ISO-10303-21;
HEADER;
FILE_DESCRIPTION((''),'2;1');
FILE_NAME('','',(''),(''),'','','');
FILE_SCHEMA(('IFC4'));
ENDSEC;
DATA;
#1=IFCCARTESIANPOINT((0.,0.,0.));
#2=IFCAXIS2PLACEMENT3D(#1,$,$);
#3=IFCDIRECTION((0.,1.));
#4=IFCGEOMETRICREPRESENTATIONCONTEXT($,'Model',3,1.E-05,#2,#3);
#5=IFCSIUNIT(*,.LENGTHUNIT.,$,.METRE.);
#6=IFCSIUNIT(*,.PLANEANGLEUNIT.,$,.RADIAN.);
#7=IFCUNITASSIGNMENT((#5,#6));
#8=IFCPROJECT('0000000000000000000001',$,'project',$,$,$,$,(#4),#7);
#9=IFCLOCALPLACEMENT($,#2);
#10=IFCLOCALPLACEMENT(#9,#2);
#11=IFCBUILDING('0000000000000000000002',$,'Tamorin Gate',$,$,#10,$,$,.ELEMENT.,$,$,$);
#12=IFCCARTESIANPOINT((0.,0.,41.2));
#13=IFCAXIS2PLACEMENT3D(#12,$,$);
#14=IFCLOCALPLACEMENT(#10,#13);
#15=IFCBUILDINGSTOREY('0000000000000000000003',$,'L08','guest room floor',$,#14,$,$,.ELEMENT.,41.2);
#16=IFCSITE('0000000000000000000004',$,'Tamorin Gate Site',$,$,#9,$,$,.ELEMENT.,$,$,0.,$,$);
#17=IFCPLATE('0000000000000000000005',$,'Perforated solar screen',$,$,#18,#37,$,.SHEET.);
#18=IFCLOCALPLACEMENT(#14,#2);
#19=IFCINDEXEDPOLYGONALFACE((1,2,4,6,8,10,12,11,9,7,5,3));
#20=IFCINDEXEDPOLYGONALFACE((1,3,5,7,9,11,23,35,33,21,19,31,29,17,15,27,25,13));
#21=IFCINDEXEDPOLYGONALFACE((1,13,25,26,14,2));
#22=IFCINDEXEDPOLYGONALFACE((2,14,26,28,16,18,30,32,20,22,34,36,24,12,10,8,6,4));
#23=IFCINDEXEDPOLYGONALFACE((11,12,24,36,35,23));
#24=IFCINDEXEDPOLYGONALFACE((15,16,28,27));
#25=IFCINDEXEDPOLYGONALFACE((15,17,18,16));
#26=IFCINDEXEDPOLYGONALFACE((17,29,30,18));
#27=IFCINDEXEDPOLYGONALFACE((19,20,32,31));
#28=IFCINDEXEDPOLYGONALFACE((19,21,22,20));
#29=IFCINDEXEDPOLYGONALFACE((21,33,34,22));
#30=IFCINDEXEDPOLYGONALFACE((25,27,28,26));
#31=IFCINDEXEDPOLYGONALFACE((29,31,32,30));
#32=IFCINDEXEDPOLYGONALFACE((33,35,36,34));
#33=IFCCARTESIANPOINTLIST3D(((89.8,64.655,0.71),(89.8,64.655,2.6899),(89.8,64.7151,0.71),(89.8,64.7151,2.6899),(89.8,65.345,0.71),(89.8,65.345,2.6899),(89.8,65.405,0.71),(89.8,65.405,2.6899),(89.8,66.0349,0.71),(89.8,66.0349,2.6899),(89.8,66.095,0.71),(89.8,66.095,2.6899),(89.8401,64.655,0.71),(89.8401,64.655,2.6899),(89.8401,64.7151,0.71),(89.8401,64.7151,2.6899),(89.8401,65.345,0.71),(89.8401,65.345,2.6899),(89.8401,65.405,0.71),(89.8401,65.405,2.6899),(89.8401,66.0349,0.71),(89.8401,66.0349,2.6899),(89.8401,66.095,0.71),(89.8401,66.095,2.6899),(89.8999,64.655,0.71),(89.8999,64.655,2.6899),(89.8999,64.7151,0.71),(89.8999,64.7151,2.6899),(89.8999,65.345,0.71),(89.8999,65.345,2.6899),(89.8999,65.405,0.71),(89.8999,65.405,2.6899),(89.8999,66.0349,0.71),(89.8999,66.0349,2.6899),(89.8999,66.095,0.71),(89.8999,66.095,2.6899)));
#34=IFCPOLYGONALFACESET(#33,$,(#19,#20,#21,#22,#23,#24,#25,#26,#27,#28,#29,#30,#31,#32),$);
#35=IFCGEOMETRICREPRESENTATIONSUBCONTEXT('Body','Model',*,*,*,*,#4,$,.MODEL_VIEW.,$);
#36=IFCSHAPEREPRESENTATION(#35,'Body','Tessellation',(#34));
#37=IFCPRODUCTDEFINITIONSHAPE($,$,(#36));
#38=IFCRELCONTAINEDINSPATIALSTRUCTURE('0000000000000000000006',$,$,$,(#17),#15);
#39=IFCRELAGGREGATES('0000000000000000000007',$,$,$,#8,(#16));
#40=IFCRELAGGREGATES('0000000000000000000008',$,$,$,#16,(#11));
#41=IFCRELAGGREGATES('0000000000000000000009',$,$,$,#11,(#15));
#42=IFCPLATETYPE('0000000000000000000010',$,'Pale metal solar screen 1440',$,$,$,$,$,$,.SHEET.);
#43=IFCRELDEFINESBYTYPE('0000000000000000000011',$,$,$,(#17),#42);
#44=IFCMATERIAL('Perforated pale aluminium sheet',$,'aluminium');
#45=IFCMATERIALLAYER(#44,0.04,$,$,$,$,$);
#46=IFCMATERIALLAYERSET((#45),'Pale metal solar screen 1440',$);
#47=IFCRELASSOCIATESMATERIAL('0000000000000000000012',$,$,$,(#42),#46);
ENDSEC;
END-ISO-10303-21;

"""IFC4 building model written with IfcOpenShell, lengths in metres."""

from ifc_helpers import new_model, si_unit, direction, frame, origin, place, context, subcontext, project, spatial, polyline, outline, extrude, material, layer, layer_set, type_object, element, save


model = new_model("IFC4")

# Units and contexts
model_context = context("Model", 3, precision=1e-05, world=origin(), true_north=direction((0.0, 1.0)))
body_context = subcontext(model_context, "Body", "Model", "MODEL_VIEW")
ifc_project = project(units=[si_unit("LENGTHUNIT", "METRE"), si_unit("PLANEANGLEUNIT", "RADIAN")], contexts=[model_context])

# Site, building, storey
site_placement = place(None, origin())
site = spatial("IfcSite", under=ifc_project, at=site_placement, Name="Tamorin Gate Site", CompositionType="ELEMENT", RefElevation=0.0)
building_placement = place(site_placement, origin())
building = spatial("IfcBuilding", under=site, at=building_placement, Name="Tamorin Gate", CompositionType="ELEMENT")
storey_placement = place(building_placement, frame((0.0, 0.0, 41.2)))
storey = spatial("IfcBuildingStorey", under=building, at=storey_placement, Name="L08", Description="guest room floor", CompositionType="ELEMENT", Elevation=41.2)

# Plate
ifc_material_1 = material(Name="Perforated pale aluminium sheet", Category="aluminium")
ifc_layer_1 = layer(ifc_material_1, 0.04)
ifc_layer_set_1 = layer_set([ifc_layer_1], Name="Pale metal solar screen 1440")
plate_type = type_object("IfcPlateType", Name="Pale metal solar screen 1440", PredefinedType="SHEET", material=ifc_layer_set_1)
plate_1_placement = place(storey_placement, frame((0.0, 0.0, 0.71)))
element("IfcPlate", 1, at=plate_1_placement, inside=storey, type_object=plate_type, Name="Perforated solar screen", PredefinedType="SHEET", context=body_context, shape_type="SweptSolid", body=[
    extrude(outline(polyline([(89.8401, 64.655), (89.8, 64.655), (89.8, 64.7151), (89.8, 65.345), (89.8, 65.405), (89.8, 66.0349), (89.8, 66.095), (89.8401, 66.095), (89.8999, 66.095), (89.8999, 66.0349), (89.8401, 66.0349), (89.8401, 65.405), (89.8999, 65.405), (89.8999, 65.345), (89.8401, 65.345), (89.8401, 64.7151), (89.8999, 64.7151), (89.8999, 64.655), (89.8401, 64.655)])), origin(), (0.0, 0.0, 1.0), 1.98),
])

save(model, "model.ifc")
